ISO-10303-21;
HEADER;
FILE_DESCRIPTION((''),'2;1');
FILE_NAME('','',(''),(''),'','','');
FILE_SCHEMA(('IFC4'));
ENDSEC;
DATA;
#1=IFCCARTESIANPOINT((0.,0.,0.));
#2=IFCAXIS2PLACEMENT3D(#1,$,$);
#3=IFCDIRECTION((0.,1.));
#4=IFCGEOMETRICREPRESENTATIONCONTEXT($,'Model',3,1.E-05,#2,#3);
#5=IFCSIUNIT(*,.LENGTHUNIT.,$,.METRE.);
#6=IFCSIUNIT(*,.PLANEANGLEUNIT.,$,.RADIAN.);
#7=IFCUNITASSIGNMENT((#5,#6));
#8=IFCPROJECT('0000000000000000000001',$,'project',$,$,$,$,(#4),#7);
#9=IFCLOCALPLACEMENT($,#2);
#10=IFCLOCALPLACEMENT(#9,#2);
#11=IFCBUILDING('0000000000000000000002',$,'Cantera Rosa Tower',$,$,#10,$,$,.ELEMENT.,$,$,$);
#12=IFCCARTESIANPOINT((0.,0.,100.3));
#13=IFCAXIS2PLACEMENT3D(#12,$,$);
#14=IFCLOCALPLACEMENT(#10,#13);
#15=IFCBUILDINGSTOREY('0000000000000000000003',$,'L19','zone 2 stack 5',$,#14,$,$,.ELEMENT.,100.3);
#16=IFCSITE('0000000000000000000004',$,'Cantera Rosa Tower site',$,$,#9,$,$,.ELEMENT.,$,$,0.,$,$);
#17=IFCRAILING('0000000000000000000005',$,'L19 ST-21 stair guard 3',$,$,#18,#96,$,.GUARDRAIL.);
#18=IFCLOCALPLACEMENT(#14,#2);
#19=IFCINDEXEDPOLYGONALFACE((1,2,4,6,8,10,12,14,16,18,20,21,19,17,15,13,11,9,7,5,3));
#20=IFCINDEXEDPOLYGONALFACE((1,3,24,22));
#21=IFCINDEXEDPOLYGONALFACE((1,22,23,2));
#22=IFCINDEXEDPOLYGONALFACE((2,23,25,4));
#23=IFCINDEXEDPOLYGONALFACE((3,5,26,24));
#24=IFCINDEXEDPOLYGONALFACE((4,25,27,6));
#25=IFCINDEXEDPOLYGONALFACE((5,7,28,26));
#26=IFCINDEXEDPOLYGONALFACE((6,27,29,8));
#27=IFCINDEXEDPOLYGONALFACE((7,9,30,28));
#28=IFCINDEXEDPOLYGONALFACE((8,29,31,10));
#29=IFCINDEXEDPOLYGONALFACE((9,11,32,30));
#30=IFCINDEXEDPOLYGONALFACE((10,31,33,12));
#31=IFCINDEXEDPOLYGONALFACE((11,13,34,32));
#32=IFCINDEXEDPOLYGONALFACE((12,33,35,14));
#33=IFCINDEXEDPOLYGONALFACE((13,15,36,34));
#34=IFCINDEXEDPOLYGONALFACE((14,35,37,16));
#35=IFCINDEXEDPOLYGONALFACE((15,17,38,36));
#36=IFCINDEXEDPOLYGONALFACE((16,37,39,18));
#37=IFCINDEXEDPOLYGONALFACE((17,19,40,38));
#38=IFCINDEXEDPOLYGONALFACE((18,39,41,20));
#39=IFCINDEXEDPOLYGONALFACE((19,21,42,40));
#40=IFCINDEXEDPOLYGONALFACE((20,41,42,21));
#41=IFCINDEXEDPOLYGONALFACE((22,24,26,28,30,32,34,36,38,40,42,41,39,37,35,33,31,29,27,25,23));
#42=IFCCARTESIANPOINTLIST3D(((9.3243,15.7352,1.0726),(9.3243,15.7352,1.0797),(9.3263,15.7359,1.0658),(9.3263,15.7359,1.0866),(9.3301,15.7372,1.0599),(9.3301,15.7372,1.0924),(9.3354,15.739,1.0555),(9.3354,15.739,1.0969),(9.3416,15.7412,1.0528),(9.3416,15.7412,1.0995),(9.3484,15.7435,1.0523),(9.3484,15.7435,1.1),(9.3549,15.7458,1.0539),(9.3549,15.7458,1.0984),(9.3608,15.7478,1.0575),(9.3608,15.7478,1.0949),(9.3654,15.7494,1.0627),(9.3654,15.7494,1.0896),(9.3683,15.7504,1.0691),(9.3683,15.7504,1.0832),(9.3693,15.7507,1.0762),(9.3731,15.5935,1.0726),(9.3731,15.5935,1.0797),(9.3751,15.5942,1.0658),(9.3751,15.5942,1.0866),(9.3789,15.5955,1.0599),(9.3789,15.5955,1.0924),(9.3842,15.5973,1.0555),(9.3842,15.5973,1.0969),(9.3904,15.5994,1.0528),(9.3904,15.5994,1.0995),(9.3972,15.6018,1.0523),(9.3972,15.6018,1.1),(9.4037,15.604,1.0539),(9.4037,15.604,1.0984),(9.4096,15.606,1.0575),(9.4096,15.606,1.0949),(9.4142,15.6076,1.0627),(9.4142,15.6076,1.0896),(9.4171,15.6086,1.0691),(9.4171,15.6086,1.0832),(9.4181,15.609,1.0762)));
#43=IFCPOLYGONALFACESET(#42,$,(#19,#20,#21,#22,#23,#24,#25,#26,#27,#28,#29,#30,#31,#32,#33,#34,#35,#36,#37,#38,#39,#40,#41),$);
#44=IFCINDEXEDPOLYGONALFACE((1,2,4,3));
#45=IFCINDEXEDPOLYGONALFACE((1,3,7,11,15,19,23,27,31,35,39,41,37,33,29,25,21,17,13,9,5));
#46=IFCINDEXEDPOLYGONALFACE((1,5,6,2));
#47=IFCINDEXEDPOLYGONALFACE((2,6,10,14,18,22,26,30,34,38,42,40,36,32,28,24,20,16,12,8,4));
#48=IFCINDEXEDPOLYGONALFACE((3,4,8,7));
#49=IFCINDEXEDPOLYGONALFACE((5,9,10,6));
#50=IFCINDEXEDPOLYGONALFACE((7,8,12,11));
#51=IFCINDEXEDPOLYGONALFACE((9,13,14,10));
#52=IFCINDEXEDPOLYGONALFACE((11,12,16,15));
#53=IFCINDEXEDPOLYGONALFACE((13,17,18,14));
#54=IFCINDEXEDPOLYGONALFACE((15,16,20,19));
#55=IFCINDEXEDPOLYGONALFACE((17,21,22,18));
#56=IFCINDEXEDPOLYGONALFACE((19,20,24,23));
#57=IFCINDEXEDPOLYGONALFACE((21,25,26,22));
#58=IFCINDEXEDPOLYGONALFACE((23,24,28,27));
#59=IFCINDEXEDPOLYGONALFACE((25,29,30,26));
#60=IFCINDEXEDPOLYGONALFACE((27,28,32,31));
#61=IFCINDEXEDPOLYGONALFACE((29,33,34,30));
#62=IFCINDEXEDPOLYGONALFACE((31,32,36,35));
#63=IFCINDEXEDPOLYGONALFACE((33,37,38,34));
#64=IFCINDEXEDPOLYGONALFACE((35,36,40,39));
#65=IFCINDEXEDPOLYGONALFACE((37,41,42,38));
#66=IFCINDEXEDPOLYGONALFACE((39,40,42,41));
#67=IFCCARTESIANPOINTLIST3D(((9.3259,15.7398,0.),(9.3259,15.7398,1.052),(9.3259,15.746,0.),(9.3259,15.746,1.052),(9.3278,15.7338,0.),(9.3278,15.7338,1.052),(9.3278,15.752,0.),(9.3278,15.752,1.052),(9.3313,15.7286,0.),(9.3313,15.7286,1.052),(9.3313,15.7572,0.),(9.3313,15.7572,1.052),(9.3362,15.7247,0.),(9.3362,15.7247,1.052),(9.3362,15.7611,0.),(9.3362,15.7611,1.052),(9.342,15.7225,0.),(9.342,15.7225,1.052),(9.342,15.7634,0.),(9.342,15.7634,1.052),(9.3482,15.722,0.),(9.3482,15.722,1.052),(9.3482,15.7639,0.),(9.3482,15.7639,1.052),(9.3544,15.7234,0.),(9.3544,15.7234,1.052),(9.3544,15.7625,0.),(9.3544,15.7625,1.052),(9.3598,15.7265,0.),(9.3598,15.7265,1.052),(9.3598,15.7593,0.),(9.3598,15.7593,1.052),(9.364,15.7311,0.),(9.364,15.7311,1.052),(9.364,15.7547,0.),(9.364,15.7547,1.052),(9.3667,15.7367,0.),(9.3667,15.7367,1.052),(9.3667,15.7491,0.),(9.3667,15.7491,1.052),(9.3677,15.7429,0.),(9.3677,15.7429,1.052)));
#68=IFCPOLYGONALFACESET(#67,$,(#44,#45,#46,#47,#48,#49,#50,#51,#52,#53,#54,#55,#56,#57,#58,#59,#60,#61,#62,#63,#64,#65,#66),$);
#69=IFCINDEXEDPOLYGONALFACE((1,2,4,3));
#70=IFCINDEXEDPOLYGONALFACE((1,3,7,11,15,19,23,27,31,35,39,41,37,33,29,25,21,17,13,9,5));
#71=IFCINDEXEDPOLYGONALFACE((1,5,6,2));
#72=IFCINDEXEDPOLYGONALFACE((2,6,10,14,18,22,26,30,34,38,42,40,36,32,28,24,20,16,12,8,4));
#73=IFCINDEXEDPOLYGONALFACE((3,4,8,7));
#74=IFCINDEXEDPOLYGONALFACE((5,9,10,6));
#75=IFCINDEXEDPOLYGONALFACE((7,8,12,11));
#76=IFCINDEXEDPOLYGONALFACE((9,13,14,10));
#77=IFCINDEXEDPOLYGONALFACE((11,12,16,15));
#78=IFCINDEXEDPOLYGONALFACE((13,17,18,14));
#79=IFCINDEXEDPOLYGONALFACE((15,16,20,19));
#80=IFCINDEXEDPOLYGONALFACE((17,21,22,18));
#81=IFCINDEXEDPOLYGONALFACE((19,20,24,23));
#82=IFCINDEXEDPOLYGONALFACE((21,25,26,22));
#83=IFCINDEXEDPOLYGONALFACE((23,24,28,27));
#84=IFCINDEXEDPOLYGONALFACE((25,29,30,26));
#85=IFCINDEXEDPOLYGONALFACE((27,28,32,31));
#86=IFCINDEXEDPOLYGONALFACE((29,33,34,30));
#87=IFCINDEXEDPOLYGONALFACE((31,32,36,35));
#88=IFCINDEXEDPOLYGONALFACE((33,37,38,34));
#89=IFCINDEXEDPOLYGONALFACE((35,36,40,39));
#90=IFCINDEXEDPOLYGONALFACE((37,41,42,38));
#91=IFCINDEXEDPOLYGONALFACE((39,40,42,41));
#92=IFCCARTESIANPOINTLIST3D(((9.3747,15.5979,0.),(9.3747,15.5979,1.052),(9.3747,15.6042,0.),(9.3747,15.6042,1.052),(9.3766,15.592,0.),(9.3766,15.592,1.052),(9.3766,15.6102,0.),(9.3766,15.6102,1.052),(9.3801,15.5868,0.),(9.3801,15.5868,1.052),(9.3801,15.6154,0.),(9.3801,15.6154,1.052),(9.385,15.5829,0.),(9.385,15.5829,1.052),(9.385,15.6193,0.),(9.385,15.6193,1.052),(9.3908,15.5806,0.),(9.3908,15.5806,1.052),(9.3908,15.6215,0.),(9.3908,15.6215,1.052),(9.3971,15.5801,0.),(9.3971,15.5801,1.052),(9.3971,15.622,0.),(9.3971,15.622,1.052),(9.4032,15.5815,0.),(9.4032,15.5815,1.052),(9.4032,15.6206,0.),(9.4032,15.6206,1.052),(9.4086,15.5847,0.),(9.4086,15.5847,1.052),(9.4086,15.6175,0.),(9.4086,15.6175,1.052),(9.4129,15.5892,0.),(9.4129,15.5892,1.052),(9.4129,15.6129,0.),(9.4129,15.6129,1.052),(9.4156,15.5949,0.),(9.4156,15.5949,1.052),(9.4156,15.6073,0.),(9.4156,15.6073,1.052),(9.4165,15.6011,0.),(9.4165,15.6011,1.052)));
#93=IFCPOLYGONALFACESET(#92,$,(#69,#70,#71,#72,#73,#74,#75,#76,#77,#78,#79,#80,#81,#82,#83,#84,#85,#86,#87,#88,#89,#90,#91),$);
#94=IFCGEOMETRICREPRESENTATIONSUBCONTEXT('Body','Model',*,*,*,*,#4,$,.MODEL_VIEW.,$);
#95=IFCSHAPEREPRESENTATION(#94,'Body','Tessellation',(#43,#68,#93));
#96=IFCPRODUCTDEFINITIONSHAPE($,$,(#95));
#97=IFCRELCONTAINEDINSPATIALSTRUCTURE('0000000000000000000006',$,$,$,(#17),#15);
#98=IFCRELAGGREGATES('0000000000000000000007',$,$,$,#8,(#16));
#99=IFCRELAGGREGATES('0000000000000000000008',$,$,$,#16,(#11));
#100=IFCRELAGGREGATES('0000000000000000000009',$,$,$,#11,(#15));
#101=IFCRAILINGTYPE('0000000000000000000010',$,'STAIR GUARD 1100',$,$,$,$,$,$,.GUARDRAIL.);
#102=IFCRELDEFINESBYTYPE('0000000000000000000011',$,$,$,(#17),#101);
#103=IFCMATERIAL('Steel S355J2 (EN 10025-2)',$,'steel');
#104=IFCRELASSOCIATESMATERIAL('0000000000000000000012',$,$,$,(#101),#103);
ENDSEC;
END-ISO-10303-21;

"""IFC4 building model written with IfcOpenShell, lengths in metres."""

from ifc_helpers import new_model, si_unit, direction, frame, origin, origin_2d, place, context, subcontext, project, spatial, circle, extrude, material, type_object, element, save


model = new_model("IFC4")

# Units and contexts
model_context = context("Model", 3, precision=1e-05, world=origin(), true_north=direction((0.0, 1.0)))
body_context = subcontext(model_context, "Body", "Model", "MODEL_VIEW")
ifc_project = project(units=[si_unit("LENGTHUNIT", "METRE"), si_unit("PLANEANGLEUNIT", "RADIAN")], contexts=[model_context])

# Site, building, storey
site_placement = place(None, origin())
site = spatial("IfcSite", under=ifc_project, at=site_placement, Name="Cantera Rosa Tower site", CompositionType="ELEMENT", RefElevation=0.0)
building_placement = place(site_placement, origin())
building = spatial("IfcBuilding", under=site, at=building_placement, Name="Cantera Rosa Tower", CompositionType="ELEMENT")
storey_placement = place(building_placement, frame((0.0, 0.0, 100.3)))
storey = spatial("IfcBuildingStorey", under=building, at=storey_placement, Name="L19", Description="zone 2 stack 5", CompositionType="ELEMENT", Elevation=100.3)

# Railing
ifc_material_1 = material(Name="Steel S355J2 (EN 10025-2)", Category="steel")
railing_type_1 = type_object("IfcRailingType", Name="STAIR GUARD 1100", PredefinedType="GUARDRAIL", material=ifc_material_1)
railing_1_placement = place(storey_placement, frame((9.3467, 15.7429, 0.0)))
element("IfcRailing", 1, at=railing_1_placement, inside=storey, type_object=railing_type_1, Name="L19 ST-21 stair guard 3", PredefinedType="GUARDRAIL", context=body_context, shape_type="SweptSolid", body=[
    extrude(circle(Radius=0.0239, at=origin_2d()), frame((0.0, 0.0, 1.0762), z_axis=(0.325489, -0.945546, 0.0), x_axis=(0.945546, 0.325489, 0.0)), (0.0, 0.0, 1.0), 0.1499),
    extrude(circle(Radius=0.021, at=origin_2d()), origin(), (0.0, 0.0, 1.0), 1.052),
    extrude(circle(Radius=0.021, at=origin_2d()), frame((0.0488, -0.1418, 0.0)), (0.0, 0.0, 1.0), 1.052),
])

save(model, "model.ifc")
